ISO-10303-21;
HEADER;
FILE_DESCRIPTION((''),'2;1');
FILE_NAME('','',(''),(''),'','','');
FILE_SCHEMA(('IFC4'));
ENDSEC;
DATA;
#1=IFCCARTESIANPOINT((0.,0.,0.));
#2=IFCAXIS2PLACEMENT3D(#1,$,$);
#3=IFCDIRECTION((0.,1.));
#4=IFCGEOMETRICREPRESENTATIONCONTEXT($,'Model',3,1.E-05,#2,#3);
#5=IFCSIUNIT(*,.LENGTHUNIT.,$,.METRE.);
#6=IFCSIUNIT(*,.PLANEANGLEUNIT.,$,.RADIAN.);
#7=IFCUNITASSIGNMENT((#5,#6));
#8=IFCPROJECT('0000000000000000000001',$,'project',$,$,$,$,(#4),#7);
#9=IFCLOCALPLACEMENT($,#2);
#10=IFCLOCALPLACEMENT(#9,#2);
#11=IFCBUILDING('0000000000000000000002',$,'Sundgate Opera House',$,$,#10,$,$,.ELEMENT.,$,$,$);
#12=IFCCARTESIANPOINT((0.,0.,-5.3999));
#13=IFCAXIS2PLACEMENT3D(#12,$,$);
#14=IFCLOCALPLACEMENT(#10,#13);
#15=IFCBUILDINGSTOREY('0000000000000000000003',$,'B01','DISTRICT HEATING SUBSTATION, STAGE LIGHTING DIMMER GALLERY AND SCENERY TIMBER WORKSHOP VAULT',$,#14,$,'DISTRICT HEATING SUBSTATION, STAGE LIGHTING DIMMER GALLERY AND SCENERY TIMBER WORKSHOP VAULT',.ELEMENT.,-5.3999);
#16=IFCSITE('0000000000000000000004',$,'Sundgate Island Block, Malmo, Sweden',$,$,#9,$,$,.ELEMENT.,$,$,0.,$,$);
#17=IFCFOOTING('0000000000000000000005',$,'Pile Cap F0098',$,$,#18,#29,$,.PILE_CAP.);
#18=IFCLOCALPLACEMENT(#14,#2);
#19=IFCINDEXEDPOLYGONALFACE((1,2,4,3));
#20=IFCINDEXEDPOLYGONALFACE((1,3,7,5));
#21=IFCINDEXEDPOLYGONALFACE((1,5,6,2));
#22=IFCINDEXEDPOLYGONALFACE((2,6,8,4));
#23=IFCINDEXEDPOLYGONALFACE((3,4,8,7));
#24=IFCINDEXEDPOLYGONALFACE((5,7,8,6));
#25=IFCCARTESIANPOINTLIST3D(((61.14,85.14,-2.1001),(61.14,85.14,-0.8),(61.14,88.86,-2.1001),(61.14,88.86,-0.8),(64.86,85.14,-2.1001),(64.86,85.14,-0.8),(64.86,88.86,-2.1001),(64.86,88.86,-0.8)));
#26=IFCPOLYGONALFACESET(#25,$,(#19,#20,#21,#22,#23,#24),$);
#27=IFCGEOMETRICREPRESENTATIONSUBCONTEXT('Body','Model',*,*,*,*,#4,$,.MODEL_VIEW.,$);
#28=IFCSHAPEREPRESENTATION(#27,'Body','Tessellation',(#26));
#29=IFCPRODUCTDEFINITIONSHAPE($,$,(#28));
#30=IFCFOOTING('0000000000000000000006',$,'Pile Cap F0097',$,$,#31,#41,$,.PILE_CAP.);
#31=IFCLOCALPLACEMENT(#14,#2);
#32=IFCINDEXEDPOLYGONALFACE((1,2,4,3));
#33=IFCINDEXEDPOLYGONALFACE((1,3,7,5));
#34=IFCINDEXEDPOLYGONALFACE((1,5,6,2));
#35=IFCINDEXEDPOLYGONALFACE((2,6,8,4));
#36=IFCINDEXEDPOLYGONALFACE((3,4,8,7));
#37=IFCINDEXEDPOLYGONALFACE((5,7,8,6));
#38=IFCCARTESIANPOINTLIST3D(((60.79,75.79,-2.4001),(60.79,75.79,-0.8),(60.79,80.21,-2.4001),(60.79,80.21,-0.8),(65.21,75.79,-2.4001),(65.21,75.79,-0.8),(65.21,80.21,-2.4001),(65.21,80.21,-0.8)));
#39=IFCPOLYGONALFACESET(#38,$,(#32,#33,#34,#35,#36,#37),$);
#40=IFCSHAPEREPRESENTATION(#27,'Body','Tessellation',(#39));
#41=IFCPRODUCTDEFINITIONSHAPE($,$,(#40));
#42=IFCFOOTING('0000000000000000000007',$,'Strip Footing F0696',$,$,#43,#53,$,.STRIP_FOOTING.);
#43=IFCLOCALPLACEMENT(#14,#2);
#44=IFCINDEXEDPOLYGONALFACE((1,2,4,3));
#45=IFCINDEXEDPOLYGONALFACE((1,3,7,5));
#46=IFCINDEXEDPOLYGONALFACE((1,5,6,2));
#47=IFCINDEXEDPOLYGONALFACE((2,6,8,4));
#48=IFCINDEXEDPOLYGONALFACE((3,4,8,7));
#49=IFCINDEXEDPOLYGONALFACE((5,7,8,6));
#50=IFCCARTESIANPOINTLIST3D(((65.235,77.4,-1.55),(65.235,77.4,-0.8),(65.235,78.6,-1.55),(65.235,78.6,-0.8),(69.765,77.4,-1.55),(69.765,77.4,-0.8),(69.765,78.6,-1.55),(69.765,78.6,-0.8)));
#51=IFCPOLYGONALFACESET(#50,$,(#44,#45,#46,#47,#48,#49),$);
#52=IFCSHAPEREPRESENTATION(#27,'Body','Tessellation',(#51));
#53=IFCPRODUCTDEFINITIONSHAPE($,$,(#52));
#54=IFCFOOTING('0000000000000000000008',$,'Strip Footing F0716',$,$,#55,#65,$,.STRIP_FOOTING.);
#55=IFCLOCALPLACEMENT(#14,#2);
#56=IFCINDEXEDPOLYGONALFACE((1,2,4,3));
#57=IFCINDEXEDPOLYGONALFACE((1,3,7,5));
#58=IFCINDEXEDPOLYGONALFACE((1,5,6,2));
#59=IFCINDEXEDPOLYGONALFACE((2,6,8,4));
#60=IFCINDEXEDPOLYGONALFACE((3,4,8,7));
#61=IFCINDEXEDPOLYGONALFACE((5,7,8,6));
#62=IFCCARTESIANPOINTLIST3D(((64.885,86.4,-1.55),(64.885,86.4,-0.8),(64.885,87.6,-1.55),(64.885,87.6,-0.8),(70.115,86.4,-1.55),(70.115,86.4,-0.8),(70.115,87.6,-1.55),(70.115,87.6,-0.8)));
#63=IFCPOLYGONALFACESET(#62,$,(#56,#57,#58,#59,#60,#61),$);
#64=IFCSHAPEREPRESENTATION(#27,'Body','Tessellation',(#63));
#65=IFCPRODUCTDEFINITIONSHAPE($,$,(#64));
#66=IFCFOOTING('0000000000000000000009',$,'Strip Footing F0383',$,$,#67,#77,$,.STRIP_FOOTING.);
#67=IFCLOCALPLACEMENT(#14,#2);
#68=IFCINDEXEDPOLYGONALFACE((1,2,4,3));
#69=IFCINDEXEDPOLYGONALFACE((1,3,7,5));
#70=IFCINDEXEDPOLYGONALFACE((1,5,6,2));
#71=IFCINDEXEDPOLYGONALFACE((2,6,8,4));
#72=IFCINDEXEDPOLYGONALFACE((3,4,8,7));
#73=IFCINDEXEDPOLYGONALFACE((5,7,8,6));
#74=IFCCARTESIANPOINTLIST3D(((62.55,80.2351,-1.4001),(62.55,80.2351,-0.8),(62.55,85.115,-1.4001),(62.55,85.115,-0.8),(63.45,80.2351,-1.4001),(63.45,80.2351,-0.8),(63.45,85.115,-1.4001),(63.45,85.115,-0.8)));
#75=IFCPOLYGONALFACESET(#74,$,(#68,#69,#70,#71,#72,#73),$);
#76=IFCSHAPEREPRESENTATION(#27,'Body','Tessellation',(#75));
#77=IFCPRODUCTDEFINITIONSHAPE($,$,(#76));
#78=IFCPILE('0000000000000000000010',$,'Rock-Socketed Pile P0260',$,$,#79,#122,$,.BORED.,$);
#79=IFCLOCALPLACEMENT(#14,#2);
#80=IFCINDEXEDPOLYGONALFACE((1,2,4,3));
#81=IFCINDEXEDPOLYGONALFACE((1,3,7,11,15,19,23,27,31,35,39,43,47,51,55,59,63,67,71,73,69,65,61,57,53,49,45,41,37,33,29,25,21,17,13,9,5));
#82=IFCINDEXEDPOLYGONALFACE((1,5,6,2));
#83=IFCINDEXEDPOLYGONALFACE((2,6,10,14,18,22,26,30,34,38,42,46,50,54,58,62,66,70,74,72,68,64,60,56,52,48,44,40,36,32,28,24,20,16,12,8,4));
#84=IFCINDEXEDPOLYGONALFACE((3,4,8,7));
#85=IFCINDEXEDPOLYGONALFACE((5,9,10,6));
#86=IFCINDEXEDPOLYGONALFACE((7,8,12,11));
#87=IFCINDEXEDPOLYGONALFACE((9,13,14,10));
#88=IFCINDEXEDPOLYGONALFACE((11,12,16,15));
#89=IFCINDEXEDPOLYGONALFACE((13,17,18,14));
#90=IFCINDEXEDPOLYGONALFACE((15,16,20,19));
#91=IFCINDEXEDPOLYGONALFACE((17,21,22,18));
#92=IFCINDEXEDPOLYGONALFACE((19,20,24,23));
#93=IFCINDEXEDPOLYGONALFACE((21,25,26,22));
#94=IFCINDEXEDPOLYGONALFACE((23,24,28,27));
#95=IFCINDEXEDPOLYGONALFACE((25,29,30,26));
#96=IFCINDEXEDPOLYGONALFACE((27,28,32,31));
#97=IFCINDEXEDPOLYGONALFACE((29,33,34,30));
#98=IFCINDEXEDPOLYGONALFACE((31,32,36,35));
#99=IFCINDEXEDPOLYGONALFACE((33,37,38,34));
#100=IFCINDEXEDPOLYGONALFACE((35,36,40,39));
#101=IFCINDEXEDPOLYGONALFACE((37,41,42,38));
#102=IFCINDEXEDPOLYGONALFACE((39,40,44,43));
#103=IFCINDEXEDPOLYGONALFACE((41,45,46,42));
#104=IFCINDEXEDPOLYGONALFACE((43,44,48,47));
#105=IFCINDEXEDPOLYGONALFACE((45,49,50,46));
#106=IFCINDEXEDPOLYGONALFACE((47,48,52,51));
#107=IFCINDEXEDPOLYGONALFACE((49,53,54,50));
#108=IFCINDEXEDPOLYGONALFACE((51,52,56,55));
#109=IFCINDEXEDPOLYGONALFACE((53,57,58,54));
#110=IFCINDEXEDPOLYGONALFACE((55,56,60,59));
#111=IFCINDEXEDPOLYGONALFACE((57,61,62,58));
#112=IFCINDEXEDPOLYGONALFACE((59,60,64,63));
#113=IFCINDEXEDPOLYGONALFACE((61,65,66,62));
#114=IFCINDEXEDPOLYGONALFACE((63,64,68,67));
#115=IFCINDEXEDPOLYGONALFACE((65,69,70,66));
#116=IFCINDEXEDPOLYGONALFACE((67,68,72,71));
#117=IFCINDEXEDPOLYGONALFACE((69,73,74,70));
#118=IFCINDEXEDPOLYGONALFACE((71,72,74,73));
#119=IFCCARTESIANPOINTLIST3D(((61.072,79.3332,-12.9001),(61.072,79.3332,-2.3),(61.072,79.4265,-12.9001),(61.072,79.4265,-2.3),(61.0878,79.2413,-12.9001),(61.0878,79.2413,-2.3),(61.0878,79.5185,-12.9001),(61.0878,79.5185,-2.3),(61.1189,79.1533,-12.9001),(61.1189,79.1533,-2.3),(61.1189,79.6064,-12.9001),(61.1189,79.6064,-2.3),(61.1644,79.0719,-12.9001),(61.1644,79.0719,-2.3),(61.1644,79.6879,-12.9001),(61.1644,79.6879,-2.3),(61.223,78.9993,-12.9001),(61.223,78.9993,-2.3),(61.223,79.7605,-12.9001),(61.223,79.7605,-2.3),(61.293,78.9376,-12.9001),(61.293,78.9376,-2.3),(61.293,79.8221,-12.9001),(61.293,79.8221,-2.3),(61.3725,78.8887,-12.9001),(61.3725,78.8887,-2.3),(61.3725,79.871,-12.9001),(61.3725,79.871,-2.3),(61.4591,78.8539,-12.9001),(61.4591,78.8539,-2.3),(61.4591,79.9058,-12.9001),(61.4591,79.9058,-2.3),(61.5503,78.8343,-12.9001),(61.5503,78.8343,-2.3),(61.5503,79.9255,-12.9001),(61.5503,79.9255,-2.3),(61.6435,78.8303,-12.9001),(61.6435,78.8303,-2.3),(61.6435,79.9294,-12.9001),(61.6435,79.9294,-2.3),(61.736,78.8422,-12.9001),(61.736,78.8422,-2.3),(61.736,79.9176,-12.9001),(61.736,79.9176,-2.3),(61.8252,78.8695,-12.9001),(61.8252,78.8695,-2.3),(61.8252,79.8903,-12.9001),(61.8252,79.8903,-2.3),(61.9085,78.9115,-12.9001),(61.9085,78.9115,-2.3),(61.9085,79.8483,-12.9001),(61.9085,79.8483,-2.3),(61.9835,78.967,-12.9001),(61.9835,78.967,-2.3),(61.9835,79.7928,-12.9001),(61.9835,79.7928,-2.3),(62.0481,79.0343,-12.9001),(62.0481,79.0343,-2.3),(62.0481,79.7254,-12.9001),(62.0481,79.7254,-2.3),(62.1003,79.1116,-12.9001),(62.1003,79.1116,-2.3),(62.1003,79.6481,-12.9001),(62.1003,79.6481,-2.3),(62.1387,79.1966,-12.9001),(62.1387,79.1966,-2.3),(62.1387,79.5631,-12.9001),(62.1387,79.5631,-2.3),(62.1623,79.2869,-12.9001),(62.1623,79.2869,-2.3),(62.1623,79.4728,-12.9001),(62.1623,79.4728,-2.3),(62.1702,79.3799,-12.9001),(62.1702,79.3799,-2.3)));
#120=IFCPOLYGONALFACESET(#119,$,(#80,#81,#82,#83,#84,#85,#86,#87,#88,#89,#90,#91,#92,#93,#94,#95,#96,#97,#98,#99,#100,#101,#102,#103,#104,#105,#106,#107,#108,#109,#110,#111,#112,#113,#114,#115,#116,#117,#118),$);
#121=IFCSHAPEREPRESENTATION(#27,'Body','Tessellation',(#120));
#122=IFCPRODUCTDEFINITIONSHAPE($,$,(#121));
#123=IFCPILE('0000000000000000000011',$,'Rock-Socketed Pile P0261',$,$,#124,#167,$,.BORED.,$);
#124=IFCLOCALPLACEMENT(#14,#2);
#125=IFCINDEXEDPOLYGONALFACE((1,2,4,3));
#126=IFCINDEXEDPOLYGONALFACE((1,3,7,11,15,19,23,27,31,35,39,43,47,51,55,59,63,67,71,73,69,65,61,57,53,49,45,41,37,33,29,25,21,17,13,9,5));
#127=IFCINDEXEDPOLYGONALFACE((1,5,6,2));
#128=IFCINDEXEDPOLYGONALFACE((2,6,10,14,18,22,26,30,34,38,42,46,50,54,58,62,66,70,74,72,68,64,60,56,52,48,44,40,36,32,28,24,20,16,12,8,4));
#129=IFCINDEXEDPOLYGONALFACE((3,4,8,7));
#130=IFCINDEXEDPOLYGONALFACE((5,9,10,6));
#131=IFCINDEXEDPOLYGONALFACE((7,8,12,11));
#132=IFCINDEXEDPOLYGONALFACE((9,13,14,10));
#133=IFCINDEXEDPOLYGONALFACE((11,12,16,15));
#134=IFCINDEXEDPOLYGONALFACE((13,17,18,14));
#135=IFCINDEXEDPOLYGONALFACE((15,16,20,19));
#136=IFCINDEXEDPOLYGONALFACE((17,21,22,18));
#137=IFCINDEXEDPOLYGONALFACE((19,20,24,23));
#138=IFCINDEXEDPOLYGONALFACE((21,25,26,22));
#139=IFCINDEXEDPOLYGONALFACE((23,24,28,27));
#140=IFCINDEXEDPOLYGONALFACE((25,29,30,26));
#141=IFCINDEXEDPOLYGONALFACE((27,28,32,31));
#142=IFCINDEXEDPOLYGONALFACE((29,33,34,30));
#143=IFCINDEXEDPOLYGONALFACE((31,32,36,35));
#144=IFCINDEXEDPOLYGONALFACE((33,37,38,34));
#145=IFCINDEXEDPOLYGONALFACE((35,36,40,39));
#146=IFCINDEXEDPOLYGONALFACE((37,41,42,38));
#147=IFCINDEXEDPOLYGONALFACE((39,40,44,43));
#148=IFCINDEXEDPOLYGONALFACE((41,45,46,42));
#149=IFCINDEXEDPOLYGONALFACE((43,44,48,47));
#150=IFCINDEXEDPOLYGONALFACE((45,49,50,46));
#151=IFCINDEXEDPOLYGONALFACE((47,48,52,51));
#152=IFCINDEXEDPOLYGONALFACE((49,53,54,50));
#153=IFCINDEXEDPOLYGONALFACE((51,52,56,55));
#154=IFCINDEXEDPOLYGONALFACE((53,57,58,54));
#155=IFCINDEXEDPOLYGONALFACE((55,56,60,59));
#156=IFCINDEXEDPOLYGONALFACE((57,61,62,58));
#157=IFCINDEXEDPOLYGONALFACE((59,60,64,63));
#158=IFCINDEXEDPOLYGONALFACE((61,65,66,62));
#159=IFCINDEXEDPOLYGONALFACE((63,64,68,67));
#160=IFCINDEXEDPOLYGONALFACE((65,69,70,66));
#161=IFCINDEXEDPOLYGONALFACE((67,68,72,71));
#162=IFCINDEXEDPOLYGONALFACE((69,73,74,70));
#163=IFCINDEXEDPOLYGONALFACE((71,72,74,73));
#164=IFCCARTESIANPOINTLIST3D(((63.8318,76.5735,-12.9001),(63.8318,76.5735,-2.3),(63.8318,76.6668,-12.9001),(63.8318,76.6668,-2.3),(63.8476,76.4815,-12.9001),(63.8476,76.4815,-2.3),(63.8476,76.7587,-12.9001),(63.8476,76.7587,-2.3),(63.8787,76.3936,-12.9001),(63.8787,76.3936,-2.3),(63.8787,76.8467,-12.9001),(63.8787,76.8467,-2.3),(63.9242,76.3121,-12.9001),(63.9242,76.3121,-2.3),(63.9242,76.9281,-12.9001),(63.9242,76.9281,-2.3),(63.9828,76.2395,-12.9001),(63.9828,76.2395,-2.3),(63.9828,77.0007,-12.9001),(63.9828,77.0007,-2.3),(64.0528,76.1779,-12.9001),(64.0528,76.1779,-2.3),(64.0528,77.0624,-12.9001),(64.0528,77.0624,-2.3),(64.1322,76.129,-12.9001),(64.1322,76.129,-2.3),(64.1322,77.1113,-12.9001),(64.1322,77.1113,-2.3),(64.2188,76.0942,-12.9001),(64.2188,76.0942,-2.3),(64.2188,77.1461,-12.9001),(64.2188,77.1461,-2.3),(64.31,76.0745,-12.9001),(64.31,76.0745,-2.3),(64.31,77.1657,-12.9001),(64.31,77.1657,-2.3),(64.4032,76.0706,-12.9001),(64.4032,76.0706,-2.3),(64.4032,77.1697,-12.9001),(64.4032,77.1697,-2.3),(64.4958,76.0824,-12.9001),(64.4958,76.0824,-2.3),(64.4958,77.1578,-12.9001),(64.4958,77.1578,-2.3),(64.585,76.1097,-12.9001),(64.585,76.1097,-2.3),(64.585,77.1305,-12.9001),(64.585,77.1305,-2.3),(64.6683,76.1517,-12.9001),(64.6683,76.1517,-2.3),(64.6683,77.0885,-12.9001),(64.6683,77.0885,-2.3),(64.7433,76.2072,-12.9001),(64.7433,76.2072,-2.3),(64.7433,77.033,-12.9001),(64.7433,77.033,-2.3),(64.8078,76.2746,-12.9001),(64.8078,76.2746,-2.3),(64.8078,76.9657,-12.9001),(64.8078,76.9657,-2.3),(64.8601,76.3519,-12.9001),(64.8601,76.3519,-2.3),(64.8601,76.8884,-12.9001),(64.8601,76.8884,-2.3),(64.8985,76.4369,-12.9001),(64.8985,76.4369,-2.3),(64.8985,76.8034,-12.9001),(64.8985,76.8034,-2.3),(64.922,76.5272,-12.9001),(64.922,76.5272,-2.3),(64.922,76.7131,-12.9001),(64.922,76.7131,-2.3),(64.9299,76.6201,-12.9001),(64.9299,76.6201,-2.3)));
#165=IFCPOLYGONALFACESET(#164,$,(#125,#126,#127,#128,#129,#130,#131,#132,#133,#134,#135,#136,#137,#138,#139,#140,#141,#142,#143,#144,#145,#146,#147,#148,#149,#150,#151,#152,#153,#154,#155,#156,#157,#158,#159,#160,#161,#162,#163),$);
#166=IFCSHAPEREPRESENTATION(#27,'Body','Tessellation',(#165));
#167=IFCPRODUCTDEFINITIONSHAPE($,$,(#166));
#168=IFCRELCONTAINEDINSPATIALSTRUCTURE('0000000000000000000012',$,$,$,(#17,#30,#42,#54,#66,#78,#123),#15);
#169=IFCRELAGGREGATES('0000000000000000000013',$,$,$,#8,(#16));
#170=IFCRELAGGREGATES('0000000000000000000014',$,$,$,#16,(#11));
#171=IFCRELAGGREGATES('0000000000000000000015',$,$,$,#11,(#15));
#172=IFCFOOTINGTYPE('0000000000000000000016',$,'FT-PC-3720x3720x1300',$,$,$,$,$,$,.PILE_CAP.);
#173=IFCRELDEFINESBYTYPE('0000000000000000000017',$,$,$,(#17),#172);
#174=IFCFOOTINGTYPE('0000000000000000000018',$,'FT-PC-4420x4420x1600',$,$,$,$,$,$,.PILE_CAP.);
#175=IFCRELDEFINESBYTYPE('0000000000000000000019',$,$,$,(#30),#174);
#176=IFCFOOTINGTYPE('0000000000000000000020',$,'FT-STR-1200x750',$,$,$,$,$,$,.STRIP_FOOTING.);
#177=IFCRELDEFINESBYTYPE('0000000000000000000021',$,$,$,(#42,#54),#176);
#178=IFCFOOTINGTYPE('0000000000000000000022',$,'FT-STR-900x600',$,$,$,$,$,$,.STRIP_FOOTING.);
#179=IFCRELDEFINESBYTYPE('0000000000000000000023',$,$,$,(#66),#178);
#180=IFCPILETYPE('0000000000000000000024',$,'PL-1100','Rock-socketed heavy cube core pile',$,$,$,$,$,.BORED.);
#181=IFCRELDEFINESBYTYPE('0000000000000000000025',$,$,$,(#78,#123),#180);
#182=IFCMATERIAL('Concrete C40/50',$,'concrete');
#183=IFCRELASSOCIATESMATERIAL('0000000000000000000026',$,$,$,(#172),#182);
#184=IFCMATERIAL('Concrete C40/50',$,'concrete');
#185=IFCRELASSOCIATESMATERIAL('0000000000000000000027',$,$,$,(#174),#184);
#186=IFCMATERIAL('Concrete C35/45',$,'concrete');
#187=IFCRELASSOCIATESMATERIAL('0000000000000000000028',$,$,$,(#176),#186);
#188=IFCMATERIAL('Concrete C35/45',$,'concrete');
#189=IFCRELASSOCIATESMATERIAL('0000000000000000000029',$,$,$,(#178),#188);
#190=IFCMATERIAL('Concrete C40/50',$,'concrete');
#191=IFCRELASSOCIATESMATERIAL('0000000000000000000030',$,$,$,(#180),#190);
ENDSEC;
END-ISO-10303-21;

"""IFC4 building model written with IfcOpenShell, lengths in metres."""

from ifc_helpers import new_model, si_unit, direction, frame, origin, origin_2d, place, context, subcontext, project, spatial, rectangle, circle, extrude, material, material_profile, profile_set, type_object, element, save


model = new_model("IFC4")

# Units and contexts
model_context = context("Model", 3, precision=1e-05, world=origin(), true_north=direction((0.0, 1.0)))
body_context = subcontext(model_context, "Body", "Model", "MODEL_VIEW")
ifc_project = project(units=[si_unit("LENGTHUNIT", "METRE"), si_unit("PLANEANGLEUNIT", "RADIAN")], contexts=[model_context])

# Site, building, storey
site_placement = place(None, origin())
site = spatial("IfcSite", under=ifc_project, at=site_placement, Name="Sundgate Island Block, Malmo, Sweden", CompositionType="ELEMENT", RefElevation=0.0)
building_placement = place(site_placement, origin())
building = spatial("IfcBuilding", under=site, at=building_placement, Name="Sundgate Opera House", CompositionType="ELEMENT")
storey_placement = place(building_placement, frame((0.0, 0.0, -5.3999)))
storey = spatial("IfcBuildingStorey", under=building, at=storey_placement, Name="B01", Description="DISTRICT HEATING SUBSTATION, STAGE LIGHTING DIMMER GALLERY AND SCENERY TIMBER WORKSHOP VAULT", LongName="DISTRICT HEATING SUBSTATION, STAGE LIGHTING DIMMER GALLERY AND SCENERY TIMBER WORKSHOP VAULT", CompositionType="ELEMENT", Elevation=-5.3999)

# Footings
ifc_material_1 = material(Name="Concrete C40/50", Category="concrete")
footing_type_1 = type_object("IfcFootingType", Name="FT-PC-3720x3720x1300", PredefinedType="PILE_CAP", material=ifc_material_1)
footing_1_placement = place(storey_placement, frame((63.0, 87.0, -2.1001), z_axis=(0.0, 0.0, 1.0), x_axis=(1.0, 0.0, 0.0)))
element("IfcFooting", 1, at=footing_1_placement, inside=storey, type_object=footing_type_1, Name="Pile Cap F0098", PredefinedType="PILE_CAP", context=body_context, shape_type="SweptSolid", body=[
    extrude(rectangle(XDim=3.72, YDim=3.72, at=origin_2d()), origin(), (0.0, 0.0, 1.0), 1.3),
])
ifc_material_2 = material(Name="Concrete C40/50", Category="concrete")
footing_type_2 = type_object("IfcFootingType", Name="FT-PC-4420x4420x1600", PredefinedType="PILE_CAP", material=ifc_material_2)
footing_2_placement = place(storey_placement, frame((63.0, 78.0, -2.4001), z_axis=(0.0, 0.0, 1.0), x_axis=(1.0, 0.0, 0.0)))
element("IfcFooting", 2, at=footing_2_placement, inside=storey, type_object=footing_type_2, Name="Pile Cap F0097", PredefinedType="PILE_CAP", context=body_context, shape_type="SweptSolid", body=[
    extrude(rectangle(XDim=4.4199, YDim=4.4199, at=origin_2d()), origin(), (0.0, 0.0, 1.0), 1.6001),
])
ifc_material_3 = material(Name="Concrete C35/45", Category="concrete")
footing_type_3 = type_object("IfcFootingType", Name="FT-STR-1200x750", PredefinedType="STRIP_FOOTING", material=ifc_material_3)
footing_3_placement = place(storey_placement, frame((67.5, 78.0, -1.55), z_axis=(0.0, 0.0, 1.0), x_axis=(1.0, 0.0, 0.0)))
element("IfcFooting", 3, at=footing_3_placement, inside=storey, type_object=footing_type_3, Name="Strip Footing F0696", PredefinedType="STRIP_FOOTING", context=body_context, shape_type="SweptSolid", body=[
    extrude(rectangle(XDim=4.53, YDim=1.2, at=origin_2d()), origin(), (0.0, 0.0, 1.0), 0.75),
])
footing_4_placement = place(storey_placement, frame((67.5, 87.0, -1.55), z_axis=(0.0, 0.0, 1.0), x_axis=(1.0, 0.0, 0.0)))
element("IfcFooting", 4, at=footing_4_placement, inside=storey, type_object=footing_type_3, Name="Strip Footing F0716", PredefinedType="STRIP_FOOTING", context=body_context, shape_type="SweptSolid", body=[
    extrude(rectangle(XDim=5.23, YDim=1.2, at=origin_2d()), origin(), (0.0, 0.0, 1.0), 0.75),
])
ifc_material_4 = material(Name="Concrete C35/45", Category="concrete")
footing_type_4 = type_object("IfcFootingType", Name="FT-STR-900x600", PredefinedType="STRIP_FOOTING", material=ifc_material_4)
footing_5_placement = place(storey_placement, frame((63.0, 82.675, -1.4001), z_axis=(0.0, 0.0, 1.0), x_axis=(1.0, 0.0, 0.0)))
element("IfcFooting", 5, at=footing_5_placement, inside=storey, type_object=footing_type_4, Name="Strip Footing F0383", PredefinedType="STRIP_FOOTING", context=body_context, shape_type="SweptSolid", body=[
    extrude(rectangle(XDim=0.8999, YDim=4.8799, at=origin_2d()), origin(), (0.0, 0.0, 1.0), 0.6001),
])

# Piles
ifc_material_5 = material(Name="Concrete C40/50", Category="concrete")
ifc_material_profile_1 = material_profile(ifc_material_5, circle(Radius=0.55, at=origin_2d()), Name="PILE D1100")
ifc_profile_set_1 = profile_set([ifc_material_profile_1], Name="Concrete C40/50")
pile_type_1 = type_object("IfcPileType", Name="PL-1100", Description="Rock-socketed heavy cube core pile", PredefinedType="BORED", material=ifc_profile_set_1)
for number, where, z_axis, x_axis, name in (
    (6, (61.6201, 79.3799, -2.3), (0.0, 0.0, -1.0), (1.0, 0.0, 0.0), "Rock-Socketed Pile P0260"),
    (7, (64.3799, 76.6201, -2.3), (0.0, 0.0, -1.0), (1.0, 0.0, 0.0), "Rock-Socketed Pile P0261"),
):
    element("IfcPile", number, at=place(storey_placement, frame(where, z_axis=z_axis, x_axis=x_axis)), inside=storey, type_object=pile_type_1, Name=name, PredefinedType="BORED", context=body_context, shape_type="SweptSolid", body=[
        extrude(circle(Radius=0.55, at=origin_2d()), origin(), (0.0, 0.0, 1.0), 10.6001),
    ])

save(model, "model.ifc")
